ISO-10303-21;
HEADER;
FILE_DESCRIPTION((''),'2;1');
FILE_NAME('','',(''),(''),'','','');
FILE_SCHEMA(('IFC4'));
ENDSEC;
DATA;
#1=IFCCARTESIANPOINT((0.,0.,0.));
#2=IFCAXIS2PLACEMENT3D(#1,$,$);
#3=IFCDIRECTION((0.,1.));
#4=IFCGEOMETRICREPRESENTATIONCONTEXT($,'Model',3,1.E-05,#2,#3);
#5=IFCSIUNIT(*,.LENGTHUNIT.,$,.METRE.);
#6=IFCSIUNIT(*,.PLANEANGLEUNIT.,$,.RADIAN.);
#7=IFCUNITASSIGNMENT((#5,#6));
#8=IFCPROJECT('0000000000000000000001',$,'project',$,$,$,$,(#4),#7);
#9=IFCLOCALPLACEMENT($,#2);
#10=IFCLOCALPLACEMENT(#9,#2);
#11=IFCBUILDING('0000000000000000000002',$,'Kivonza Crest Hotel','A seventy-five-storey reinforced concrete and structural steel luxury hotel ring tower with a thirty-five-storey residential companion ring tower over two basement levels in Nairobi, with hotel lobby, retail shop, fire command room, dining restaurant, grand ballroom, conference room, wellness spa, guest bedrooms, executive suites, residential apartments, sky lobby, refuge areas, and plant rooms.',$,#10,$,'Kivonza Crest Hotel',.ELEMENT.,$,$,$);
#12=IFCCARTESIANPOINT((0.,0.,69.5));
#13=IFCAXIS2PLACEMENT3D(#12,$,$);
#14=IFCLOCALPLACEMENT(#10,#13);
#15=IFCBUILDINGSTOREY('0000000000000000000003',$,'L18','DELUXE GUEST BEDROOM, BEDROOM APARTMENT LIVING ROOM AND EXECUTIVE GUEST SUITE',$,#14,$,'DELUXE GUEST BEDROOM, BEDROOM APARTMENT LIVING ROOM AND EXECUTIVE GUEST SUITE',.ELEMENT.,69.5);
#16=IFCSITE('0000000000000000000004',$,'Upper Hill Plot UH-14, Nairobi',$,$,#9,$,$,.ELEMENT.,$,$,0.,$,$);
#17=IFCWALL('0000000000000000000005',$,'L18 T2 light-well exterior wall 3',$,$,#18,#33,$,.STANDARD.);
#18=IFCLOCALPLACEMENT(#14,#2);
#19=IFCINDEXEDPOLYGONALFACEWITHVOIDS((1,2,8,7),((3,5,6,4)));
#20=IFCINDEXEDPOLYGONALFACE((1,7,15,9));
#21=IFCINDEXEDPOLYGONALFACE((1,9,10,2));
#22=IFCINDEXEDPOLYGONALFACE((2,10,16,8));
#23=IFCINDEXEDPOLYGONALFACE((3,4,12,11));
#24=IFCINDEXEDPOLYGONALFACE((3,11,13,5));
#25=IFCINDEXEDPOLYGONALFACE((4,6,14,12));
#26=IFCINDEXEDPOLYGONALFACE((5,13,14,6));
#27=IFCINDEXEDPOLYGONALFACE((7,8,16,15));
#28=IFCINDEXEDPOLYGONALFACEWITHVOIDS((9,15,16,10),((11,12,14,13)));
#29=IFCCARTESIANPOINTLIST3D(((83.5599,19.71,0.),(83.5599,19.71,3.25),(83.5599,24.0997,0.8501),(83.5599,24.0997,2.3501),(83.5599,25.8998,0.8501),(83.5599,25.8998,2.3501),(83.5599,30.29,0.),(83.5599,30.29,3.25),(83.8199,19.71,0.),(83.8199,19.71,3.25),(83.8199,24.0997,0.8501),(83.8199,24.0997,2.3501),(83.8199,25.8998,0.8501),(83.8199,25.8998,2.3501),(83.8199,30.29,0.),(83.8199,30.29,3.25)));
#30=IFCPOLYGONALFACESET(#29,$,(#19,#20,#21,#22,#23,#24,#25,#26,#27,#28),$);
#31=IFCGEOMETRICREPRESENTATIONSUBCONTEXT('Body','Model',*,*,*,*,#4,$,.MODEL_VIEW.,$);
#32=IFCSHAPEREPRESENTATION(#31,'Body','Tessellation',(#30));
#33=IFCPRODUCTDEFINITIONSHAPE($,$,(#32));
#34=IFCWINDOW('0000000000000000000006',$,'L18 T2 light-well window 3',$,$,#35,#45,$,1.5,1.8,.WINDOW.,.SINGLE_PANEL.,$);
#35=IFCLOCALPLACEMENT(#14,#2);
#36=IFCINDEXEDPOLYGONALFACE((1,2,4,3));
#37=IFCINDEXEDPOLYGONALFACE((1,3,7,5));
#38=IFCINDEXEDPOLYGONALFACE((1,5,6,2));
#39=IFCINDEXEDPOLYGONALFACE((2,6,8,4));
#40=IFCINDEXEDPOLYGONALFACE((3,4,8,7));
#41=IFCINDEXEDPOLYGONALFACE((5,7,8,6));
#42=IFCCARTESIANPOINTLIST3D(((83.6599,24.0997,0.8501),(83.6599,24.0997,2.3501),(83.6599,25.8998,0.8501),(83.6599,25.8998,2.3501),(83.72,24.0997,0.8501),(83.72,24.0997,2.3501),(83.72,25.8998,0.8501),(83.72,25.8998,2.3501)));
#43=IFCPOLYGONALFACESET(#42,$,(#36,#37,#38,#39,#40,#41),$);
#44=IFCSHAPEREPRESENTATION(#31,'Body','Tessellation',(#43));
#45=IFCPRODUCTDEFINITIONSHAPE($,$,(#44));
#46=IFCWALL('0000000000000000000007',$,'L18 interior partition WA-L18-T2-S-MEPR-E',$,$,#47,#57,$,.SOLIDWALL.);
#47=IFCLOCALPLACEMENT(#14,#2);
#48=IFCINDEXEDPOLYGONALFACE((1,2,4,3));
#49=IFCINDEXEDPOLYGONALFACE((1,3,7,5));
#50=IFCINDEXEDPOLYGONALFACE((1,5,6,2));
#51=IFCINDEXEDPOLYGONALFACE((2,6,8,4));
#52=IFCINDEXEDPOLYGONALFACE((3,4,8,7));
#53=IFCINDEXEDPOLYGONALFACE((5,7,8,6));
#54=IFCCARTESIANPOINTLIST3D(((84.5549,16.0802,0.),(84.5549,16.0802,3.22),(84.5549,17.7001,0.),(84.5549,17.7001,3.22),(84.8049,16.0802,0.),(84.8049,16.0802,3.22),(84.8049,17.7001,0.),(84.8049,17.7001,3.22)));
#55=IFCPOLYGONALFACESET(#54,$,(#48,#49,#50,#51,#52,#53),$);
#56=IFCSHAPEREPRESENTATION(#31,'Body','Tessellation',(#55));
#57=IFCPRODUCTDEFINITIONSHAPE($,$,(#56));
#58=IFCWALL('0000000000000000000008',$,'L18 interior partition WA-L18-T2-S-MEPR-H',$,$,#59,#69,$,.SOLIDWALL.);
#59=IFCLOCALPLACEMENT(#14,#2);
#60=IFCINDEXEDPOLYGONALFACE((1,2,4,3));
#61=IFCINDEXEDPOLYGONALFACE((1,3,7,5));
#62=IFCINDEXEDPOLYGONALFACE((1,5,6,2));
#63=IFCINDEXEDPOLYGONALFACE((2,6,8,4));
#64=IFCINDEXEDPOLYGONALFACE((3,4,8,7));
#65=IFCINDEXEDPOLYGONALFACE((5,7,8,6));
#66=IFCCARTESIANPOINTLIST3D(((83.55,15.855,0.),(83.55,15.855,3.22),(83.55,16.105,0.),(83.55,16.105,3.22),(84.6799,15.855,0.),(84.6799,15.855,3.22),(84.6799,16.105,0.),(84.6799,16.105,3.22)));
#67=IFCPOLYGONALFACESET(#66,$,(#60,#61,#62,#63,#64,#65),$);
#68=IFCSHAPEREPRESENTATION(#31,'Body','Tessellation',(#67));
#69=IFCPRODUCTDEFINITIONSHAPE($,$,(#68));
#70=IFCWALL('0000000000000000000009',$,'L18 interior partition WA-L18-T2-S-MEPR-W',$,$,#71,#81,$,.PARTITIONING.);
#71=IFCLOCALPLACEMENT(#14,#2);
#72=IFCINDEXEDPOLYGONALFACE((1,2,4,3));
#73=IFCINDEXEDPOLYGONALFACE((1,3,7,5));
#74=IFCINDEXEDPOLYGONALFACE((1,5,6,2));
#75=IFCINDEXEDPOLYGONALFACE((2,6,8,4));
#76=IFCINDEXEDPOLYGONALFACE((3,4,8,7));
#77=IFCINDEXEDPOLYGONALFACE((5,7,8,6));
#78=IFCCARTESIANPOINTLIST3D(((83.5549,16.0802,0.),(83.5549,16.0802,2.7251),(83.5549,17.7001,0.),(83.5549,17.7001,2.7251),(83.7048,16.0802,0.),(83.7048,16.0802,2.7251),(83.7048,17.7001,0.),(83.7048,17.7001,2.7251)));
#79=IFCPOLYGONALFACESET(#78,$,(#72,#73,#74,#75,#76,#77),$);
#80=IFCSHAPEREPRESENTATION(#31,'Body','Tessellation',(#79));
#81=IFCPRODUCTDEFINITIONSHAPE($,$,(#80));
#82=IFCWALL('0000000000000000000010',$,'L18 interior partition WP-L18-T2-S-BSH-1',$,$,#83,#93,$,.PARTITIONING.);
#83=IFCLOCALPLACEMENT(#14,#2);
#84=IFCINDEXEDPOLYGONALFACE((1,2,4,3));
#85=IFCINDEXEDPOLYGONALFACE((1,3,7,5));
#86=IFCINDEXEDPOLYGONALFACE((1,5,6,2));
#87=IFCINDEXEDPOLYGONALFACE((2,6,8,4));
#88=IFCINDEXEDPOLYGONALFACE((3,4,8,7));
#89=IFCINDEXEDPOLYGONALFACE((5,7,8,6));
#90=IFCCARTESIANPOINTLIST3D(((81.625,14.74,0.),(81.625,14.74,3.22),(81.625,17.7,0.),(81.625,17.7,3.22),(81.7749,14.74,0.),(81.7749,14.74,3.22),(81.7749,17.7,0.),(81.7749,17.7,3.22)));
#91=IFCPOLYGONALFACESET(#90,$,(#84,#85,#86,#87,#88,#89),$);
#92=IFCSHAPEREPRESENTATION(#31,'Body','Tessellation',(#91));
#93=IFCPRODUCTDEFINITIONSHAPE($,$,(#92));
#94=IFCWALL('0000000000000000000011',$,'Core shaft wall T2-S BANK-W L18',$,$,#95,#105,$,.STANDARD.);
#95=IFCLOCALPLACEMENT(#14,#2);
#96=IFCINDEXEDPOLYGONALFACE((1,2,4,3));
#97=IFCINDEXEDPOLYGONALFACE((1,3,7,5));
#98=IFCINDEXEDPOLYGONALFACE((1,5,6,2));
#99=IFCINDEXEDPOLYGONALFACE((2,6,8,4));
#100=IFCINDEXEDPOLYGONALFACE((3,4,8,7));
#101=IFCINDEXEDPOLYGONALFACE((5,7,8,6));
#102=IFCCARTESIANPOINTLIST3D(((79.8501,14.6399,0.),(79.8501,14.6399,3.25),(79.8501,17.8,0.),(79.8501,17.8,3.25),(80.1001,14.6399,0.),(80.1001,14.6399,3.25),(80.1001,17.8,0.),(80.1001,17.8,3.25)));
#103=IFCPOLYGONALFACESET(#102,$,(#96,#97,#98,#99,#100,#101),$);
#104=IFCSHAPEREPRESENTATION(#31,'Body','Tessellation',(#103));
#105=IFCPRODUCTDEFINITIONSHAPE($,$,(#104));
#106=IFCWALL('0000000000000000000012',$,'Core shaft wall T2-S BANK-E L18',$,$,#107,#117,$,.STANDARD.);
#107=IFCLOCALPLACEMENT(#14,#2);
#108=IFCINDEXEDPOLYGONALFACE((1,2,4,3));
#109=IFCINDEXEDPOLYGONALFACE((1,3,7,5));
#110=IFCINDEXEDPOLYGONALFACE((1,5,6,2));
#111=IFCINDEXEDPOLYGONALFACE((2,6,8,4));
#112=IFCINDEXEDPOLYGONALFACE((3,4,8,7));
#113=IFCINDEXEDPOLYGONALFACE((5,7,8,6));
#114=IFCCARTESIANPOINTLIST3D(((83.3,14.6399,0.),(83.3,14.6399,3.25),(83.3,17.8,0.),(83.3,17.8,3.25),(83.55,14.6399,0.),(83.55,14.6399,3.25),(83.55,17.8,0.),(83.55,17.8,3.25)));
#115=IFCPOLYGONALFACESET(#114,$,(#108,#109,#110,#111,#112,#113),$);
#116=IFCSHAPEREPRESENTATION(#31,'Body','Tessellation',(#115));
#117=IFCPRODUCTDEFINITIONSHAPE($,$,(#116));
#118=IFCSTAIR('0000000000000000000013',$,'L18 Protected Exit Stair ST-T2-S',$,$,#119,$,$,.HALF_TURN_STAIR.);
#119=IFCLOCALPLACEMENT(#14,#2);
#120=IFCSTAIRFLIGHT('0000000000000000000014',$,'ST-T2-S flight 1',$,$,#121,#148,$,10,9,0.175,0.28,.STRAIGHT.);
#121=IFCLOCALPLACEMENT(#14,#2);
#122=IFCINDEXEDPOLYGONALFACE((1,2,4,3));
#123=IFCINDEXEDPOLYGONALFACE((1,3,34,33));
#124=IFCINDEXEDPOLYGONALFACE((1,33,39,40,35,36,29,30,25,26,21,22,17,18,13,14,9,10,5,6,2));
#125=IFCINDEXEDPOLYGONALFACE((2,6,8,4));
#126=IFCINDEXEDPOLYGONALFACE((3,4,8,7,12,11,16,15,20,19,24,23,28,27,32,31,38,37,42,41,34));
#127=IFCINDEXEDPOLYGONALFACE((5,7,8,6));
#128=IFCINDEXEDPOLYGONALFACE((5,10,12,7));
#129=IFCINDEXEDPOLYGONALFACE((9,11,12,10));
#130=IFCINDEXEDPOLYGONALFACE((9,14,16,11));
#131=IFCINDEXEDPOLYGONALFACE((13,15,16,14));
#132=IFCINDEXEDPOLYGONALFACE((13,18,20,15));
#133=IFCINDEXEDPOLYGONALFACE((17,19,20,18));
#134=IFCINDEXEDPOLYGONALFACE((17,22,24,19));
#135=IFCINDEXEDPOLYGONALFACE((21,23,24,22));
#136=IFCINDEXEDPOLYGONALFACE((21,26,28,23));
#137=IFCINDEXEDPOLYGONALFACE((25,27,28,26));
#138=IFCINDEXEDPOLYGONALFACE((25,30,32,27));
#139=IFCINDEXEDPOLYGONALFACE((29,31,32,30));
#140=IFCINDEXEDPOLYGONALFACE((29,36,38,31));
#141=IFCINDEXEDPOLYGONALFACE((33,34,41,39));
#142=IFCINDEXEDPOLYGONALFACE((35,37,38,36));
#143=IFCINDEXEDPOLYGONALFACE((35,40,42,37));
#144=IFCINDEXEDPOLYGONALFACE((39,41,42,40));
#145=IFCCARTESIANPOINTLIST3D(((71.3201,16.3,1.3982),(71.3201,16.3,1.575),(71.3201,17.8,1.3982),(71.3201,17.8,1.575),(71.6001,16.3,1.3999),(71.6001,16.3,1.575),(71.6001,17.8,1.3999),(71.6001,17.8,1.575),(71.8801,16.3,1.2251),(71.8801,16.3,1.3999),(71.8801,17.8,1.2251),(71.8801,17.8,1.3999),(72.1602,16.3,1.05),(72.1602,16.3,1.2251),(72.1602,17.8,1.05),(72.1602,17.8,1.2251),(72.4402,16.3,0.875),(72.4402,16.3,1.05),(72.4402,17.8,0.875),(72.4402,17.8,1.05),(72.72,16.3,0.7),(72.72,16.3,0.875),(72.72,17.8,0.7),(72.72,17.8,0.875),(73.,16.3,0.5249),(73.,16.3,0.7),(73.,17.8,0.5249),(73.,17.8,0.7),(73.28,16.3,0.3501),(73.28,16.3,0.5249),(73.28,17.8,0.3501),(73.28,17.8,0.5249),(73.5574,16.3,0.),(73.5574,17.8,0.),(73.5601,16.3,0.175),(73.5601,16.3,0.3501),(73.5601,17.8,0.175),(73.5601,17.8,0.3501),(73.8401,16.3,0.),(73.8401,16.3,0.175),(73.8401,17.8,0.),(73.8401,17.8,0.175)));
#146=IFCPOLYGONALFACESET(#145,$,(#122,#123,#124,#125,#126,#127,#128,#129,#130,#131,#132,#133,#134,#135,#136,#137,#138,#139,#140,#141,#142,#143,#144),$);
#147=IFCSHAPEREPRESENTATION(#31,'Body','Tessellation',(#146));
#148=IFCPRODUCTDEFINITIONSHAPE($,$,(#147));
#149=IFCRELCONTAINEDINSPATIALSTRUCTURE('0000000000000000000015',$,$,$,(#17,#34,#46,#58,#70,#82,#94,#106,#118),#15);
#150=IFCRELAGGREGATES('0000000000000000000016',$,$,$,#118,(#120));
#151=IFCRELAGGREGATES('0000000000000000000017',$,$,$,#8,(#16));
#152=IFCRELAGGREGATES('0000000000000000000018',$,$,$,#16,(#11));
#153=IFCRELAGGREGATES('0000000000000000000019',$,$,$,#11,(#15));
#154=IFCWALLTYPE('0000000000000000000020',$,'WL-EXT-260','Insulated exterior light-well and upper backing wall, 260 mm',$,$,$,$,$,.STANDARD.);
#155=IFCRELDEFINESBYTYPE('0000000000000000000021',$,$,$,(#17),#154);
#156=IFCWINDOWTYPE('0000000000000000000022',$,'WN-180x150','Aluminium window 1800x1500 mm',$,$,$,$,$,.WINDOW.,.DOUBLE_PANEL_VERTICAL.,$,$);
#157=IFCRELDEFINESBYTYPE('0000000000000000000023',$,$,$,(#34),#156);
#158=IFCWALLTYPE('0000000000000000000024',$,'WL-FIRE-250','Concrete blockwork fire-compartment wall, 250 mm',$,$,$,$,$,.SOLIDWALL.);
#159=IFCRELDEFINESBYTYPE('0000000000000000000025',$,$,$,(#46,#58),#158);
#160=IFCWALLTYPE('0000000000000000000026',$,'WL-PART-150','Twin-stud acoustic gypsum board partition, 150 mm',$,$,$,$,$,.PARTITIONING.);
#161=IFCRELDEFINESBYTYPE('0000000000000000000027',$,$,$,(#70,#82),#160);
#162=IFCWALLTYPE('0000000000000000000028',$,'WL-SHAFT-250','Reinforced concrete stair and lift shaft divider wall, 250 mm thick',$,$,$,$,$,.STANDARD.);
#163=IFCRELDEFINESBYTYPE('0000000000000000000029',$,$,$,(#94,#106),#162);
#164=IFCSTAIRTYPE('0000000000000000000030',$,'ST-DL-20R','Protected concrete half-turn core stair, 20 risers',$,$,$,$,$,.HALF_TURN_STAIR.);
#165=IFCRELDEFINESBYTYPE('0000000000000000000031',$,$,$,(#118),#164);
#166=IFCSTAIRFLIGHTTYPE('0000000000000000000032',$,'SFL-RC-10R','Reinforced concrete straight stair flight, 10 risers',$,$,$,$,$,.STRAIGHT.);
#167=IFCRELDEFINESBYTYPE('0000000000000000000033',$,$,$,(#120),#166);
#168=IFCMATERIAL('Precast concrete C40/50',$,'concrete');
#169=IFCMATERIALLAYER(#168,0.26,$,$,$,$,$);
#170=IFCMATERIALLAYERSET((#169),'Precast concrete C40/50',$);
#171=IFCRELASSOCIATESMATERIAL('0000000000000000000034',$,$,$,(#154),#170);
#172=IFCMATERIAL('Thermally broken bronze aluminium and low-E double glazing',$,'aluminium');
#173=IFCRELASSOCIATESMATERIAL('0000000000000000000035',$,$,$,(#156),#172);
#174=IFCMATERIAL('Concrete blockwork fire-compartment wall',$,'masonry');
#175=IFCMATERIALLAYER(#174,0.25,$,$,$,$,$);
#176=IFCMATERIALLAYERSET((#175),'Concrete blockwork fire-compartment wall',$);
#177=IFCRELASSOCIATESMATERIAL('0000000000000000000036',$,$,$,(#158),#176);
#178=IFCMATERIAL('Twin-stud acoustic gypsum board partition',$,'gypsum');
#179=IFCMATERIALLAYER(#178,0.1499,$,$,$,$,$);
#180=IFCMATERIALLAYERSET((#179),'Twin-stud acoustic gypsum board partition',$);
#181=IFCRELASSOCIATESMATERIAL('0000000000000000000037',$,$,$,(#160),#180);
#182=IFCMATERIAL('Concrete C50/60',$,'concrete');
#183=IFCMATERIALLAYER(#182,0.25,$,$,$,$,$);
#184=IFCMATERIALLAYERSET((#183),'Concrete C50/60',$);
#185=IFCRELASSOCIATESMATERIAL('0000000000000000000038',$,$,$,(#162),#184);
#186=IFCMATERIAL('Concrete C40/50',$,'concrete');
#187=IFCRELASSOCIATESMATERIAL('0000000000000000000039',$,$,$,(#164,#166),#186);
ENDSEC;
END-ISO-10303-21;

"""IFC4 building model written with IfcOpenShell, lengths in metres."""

from ifc_helpers import new_model, si_unit, direction, frame, frame_2d, origin, place, context, subcontext, project, spatial, polyline, rectangle, outline, extrude, material, layer, layer_set, type_object, element, fill, aggregate, save


model = new_model("IFC4")

# Units and contexts
model_context = context("Model", 3, precision=1e-05, world=origin(), true_north=direction((0.0, 1.0)))
body_context = subcontext(model_context, "Body", "Model", "MODEL_VIEW")
ifc_project = project(units=[si_unit("LENGTHUNIT", "METRE"), si_unit("PLANEANGLEUNIT", "RADIAN")], contexts=[model_context])

# Site, building, storey
site_placement = place(None, origin())
site = spatial("IfcSite", under=ifc_project, at=site_placement, Name="Upper Hill Plot UH-14, Nairobi", CompositionType="ELEMENT", RefElevation=0.0)
building_placement = place(site_placement, origin())
building = spatial("IfcBuilding", under=site, at=building_placement, Name="Kivonza Crest Hotel", Description="A seventy-five-storey reinforced concrete and structural steel luxury hotel ring tower with a thirty-five-storey residential companion ring tower over two basement levels in Nairobi, with hotel lobby, retail shop, fire command room, dining restaurant, grand ballroom, conference room, wellness spa, guest bedrooms, executive suites, residential apartments, sky lobby, refuge areas, and plant rooms.", LongName="Kivonza Crest Hotel", CompositionType="ELEMENT")
storey_placement = place(building_placement, frame((0.0, 0.0, 69.5)))
storey = spatial("IfcBuildingStorey", under=building, at=storey_placement, Name="L18", Description="DELUXE GUEST BEDROOM, BEDROOM APARTMENT LIVING ROOM AND EXECUTIVE GUEST SUITE", LongName="DELUXE GUEST BEDROOM, BEDROOM APARTMENT LIVING ROOM AND EXECUTIVE GUEST SUITE", CompositionType="ELEMENT", Elevation=69.5)

# Shared definitions
ifc_material_1 = material(Name="Concrete C50/60", Category="concrete")

# Shared definitions
ifc_material_2 = material(Name="Precast concrete C40/50", Category="concrete")
ifc_layer_1 = layer(ifc_material_2, 0.26)
ifc_layer_set_1 = layer_set([ifc_layer_1], Name="Precast concrete C40/50")
wall_type_1 = type_object("IfcWallType", Name="WL-EXT-260", Description="Insulated exterior light-well and upper backing wall, 260 mm", PredefinedType="STANDARD", material=ifc_layer_set_1)

# Wall, opening, window
wall_1_placement = place(storey_placement, frame((83.6899, 19.71, 0.0), z_axis=(0.0, 0.0, 1.0), x_axis=(0.0, 1.0, 0.0)))
wall_1 = element("IfcWall", 1, at=wall_1_placement, inside=storey, type_object=wall_type_1, Name="L18 T2 light-well exterior wall 3", PredefinedType="STANDARD", context=body_context, shape_type="SweptSolid", body=[
    extrude(rectangle(XDim=10.5801, YDim=0.26, at=frame_2d((5.29, 0.0))), origin(), (0.0, 0.0, 1.0), 3.25),
])
opening_placement = place(wall_1_placement, frame((4.3899, 0.0, 0.8501)))
opening = element("IfcOpeningElement", 2, at=opening_placement, cuts=wall_1, PredefinedType="OPENING", context=body_context, shape_type="SweptSolid", body=[
    extrude(rectangle(XDim=1.8, YDim=1.5, at=frame_2d((0.8999, 0.75))), frame((0.0, 0.1401, 0.0), z_axis=(0.0, -1.0, 0.0), x_axis=(1.0, 0.0, 0.0)), (0.0, 0.0, 1.0), 0.28),
])
ifc_material_3 = material(Name="Thermally broken bronze aluminium and low-E double glazing", Category="aluminium")
window_type = type_object("IfcWindowType", Name="WN-180x150", Description="Aluminium window 1800x1500 mm", PartitioningType="DOUBLE_PANEL_VERTICAL", PredefinedType="WINDOW", material=ifc_material_3)
window_placement = place(opening_placement, origin())
window = element("IfcWindow", 3, at=window_placement, inside=storey, type_object=window_type, Name="L18 T2 light-well window 3", OverallHeight=1.5, OverallWidth=1.8, PartitioningType="SINGLE_PANEL", PredefinedType="WINDOW", context=body_context, shape_type="SweptSolid", body=[
    extrude(rectangle(XDim=1.8, YDim=1.5, at=frame_2d((0.8999, 0.75))), frame((0.0, 0.03, 0.0), z_axis=(0.0, -1.0, 0.0), x_axis=(1.0, 0.0, 0.0)), (0.0, 0.0, 1.0), 0.0601),
])
fill(opening, window)

# Walls
ifc_material_4 = material(Name="Concrete blockwork fire-compartment wall", Category="masonry")
ifc_layer_2 = layer(ifc_material_4, 0.25)
ifc_layer_set_2 = layer_set([ifc_layer_2], Name="Concrete blockwork fire-compartment wall")
wall_type_2 = type_object("IfcWallType", Name="WL-FIRE-250", Description="Concrete blockwork fire-compartment wall, 250 mm", PredefinedType="SOLIDWALL", material=ifc_layer_set_2)
wall_2_placement = place(storey_placement, frame((84.6799, 16.0801, 0.0), z_axis=(0.0, 0.0, 1.0), x_axis=(0.0, 1.0, 0.0)))
element("IfcWall", 4, at=wall_2_placement, inside=storey, type_object=wall_type_2, Name="L18 interior partition WA-L18-T2-S-MEPR-E", PredefinedType="SOLIDWALL", context=body_context, shape_type="SweptSolid", body=[
    extrude(rectangle(XDim=1.6199, YDim=0.25, at=frame_2d((0.8101, 0.0))), origin(), (0.0, 0.0, 1.0), 3.22),
])
wall_3_placement = place(storey_placement, frame((83.55, 15.98, 0.0), z_axis=(0.0, 0.0, 1.0), x_axis=(1.0, 0.0, 0.0)))
element("IfcWall", 5, at=wall_3_placement, inside=storey, type_object=wall_type_2, Name="L18 interior partition WA-L18-T2-S-MEPR-H", PredefinedType="SOLIDWALL", context=body_context, shape_type="SweptSolid", body=[
    extrude(rectangle(XDim=1.1299, YDim=0.25, at=frame_2d((0.5649, 0.0))), origin(), (0.0, 0.0, 1.0), 3.22),
])
ifc_material_5 = material(Name="Twin-stud acoustic gypsum board partition", Category="gypsum")
ifc_layer_3 = layer(ifc_material_5, 0.1499)
ifc_layer_set_3 = layer_set([ifc_layer_3], Name="Twin-stud acoustic gypsum board partition")
wall_type_3 = type_object("IfcWallType", Name="WL-PART-150", Description="Twin-stud acoustic gypsum board partition, 150 mm", PredefinedType="PARTITIONING", material=ifc_layer_set_3)
wall_4_placement = place(storey_placement, frame((83.6299, 16.0801, 0.0), z_axis=(0.0, 0.0, 1.0), x_axis=(0.0, 1.0, 0.0)))
element("IfcWall", 6, at=wall_4_placement, inside=storey, type_object=wall_type_3, Name="L18 interior partition WA-L18-T2-S-MEPR-W", PredefinedType="PARTITIONING", context=body_context, shape_type="SweptSolid", body=[
    extrude(rectangle(XDim=1.6199, YDim=0.1499, at=frame_2d((0.8101, 0.0))), origin(), (0.0, 0.0, 1.0), 2.7251),
])
wall_5_placement = place(storey_placement, frame((81.7, 14.74, 0.0), z_axis=(0.0, 0.0, 1.0), x_axis=(0.0, 1.0, 0.0)))
element("IfcWall", 7, at=wall_5_placement, inside=storey, type_object=wall_type_3, Name="L18 interior partition WP-L18-T2-S-BSH-1", PredefinedType="PARTITIONING", context=body_context, shape_type="SweptSolid", body=[
    extrude(rectangle(XDim=2.96, YDim=0.1499, at=frame_2d((1.48, 0.0))), origin(), (0.0, 0.0, 1.0), 3.22),
])
ifc_layer_4 = layer(ifc_material_1, 0.25)
ifc_layer_set_4 = layer_set([ifc_layer_4], Name="Concrete C50/60")
wall_type_4 = type_object("IfcWallType", Name="WL-SHAFT-250", Description="Reinforced concrete stair and lift shaft divider wall, 250 mm thick", PredefinedType="STANDARD", material=ifc_layer_set_4)
for number, where, z_axis, x_axis, name in (
    (8, (79.9751, 14.6399, 0.0), (0.0, 0.0, 1.0), (0.0, 1.0, 0.0), "Core shaft wall T2-S BANK-W L18"),
    (9, (83.425, 14.6399, 0.0), (0.0, 0.0, 1.0), (0.0, 1.0, 0.0), "Core shaft wall T2-S BANK-E L18"),
):
    element("IfcWall", number, at=place(storey_placement, frame(where, z_axis=z_axis, x_axis=x_axis)), inside=storey, type_object=wall_type_4, Name=name, PredefinedType="STANDARD", context=body_context, shape_type="SweptSolid", body=[
        extrude(rectangle(XDim=3.1602, YDim=0.25, at=frame_2d((1.5801, 0.0))), origin(), (0.0, 0.0, 1.0), 3.25),
    ])

# Stair, stair flight
ifc_material_6 = material(Name="Concrete C40/50", Category="concrete")
stair_type = type_object("IfcStairType", Name="ST-DL-20R", Description="Protected concrete half-turn core stair, 20 risers", PredefinedType="HALF_TURN_STAIR", material=ifc_material_6)
stair_placement = place(storey_placement, origin())
stair = element("IfcStair", 10, at=stair_placement, inside=storey, type_object=stair_type, Name="L18 Protected Exit Stair ST-T2-S", PredefinedType="HALF_TURN_STAIR")
stair_flight_type = type_object("IfcStairFlightType", Name="SFL-RC-10R", Description="Reinforced concrete straight stair flight, 10 risers", PredefinedType="STRAIGHT", material=ifc_material_6)
stair_flight_placement = place(storey_placement, frame((73.8401, 17.05, 0.0), z_axis=(0.0, 0.0, 1.0), x_axis=(-1.0, 0.0, 0.0)))
stair_flight = element("IfcStairFlight", 11, at=stair_flight_placement, type_object=stair_flight_type, Name="ST-T2-S flight 1", NumberOfRisers=10, NumberOfTreads=9, PredefinedType="STRAIGHT", RiserHeight=0.175, TreadLength=0.28, context=body_context, shape_type="SweptSolid", body=[
    extrude(outline(polyline([(0.0, 0.0), (0.0, 0.175), (0.28, 0.175), (0.28, 0.3501), (0.5601, 0.3501), (0.5601, 0.5249), (0.8401, 0.5249), (0.8401, 0.7), (1.1201, 0.7), (1.1201, 0.875), (1.3999, 0.875), (1.3999, 1.05), (1.6799, 1.05), (1.6799, 1.2251), (1.96, 1.2251), (1.96, 1.3999), (2.24, 1.3999), (2.24, 1.575), (2.52, 1.575), (2.52, 1.75), (2.52, 1.3982), (0.2827, 0.0), (0.0, 0.0)])), frame((0.0, 0.75, 0.0), z_axis=(0.0, -1.0, 0.0), x_axis=(1.0, 0.0, 0.0)), (0.0, 0.0, 1.0), 1.5),
])
aggregate(stair, [stair_flight])

save(model, "model.ifc")
